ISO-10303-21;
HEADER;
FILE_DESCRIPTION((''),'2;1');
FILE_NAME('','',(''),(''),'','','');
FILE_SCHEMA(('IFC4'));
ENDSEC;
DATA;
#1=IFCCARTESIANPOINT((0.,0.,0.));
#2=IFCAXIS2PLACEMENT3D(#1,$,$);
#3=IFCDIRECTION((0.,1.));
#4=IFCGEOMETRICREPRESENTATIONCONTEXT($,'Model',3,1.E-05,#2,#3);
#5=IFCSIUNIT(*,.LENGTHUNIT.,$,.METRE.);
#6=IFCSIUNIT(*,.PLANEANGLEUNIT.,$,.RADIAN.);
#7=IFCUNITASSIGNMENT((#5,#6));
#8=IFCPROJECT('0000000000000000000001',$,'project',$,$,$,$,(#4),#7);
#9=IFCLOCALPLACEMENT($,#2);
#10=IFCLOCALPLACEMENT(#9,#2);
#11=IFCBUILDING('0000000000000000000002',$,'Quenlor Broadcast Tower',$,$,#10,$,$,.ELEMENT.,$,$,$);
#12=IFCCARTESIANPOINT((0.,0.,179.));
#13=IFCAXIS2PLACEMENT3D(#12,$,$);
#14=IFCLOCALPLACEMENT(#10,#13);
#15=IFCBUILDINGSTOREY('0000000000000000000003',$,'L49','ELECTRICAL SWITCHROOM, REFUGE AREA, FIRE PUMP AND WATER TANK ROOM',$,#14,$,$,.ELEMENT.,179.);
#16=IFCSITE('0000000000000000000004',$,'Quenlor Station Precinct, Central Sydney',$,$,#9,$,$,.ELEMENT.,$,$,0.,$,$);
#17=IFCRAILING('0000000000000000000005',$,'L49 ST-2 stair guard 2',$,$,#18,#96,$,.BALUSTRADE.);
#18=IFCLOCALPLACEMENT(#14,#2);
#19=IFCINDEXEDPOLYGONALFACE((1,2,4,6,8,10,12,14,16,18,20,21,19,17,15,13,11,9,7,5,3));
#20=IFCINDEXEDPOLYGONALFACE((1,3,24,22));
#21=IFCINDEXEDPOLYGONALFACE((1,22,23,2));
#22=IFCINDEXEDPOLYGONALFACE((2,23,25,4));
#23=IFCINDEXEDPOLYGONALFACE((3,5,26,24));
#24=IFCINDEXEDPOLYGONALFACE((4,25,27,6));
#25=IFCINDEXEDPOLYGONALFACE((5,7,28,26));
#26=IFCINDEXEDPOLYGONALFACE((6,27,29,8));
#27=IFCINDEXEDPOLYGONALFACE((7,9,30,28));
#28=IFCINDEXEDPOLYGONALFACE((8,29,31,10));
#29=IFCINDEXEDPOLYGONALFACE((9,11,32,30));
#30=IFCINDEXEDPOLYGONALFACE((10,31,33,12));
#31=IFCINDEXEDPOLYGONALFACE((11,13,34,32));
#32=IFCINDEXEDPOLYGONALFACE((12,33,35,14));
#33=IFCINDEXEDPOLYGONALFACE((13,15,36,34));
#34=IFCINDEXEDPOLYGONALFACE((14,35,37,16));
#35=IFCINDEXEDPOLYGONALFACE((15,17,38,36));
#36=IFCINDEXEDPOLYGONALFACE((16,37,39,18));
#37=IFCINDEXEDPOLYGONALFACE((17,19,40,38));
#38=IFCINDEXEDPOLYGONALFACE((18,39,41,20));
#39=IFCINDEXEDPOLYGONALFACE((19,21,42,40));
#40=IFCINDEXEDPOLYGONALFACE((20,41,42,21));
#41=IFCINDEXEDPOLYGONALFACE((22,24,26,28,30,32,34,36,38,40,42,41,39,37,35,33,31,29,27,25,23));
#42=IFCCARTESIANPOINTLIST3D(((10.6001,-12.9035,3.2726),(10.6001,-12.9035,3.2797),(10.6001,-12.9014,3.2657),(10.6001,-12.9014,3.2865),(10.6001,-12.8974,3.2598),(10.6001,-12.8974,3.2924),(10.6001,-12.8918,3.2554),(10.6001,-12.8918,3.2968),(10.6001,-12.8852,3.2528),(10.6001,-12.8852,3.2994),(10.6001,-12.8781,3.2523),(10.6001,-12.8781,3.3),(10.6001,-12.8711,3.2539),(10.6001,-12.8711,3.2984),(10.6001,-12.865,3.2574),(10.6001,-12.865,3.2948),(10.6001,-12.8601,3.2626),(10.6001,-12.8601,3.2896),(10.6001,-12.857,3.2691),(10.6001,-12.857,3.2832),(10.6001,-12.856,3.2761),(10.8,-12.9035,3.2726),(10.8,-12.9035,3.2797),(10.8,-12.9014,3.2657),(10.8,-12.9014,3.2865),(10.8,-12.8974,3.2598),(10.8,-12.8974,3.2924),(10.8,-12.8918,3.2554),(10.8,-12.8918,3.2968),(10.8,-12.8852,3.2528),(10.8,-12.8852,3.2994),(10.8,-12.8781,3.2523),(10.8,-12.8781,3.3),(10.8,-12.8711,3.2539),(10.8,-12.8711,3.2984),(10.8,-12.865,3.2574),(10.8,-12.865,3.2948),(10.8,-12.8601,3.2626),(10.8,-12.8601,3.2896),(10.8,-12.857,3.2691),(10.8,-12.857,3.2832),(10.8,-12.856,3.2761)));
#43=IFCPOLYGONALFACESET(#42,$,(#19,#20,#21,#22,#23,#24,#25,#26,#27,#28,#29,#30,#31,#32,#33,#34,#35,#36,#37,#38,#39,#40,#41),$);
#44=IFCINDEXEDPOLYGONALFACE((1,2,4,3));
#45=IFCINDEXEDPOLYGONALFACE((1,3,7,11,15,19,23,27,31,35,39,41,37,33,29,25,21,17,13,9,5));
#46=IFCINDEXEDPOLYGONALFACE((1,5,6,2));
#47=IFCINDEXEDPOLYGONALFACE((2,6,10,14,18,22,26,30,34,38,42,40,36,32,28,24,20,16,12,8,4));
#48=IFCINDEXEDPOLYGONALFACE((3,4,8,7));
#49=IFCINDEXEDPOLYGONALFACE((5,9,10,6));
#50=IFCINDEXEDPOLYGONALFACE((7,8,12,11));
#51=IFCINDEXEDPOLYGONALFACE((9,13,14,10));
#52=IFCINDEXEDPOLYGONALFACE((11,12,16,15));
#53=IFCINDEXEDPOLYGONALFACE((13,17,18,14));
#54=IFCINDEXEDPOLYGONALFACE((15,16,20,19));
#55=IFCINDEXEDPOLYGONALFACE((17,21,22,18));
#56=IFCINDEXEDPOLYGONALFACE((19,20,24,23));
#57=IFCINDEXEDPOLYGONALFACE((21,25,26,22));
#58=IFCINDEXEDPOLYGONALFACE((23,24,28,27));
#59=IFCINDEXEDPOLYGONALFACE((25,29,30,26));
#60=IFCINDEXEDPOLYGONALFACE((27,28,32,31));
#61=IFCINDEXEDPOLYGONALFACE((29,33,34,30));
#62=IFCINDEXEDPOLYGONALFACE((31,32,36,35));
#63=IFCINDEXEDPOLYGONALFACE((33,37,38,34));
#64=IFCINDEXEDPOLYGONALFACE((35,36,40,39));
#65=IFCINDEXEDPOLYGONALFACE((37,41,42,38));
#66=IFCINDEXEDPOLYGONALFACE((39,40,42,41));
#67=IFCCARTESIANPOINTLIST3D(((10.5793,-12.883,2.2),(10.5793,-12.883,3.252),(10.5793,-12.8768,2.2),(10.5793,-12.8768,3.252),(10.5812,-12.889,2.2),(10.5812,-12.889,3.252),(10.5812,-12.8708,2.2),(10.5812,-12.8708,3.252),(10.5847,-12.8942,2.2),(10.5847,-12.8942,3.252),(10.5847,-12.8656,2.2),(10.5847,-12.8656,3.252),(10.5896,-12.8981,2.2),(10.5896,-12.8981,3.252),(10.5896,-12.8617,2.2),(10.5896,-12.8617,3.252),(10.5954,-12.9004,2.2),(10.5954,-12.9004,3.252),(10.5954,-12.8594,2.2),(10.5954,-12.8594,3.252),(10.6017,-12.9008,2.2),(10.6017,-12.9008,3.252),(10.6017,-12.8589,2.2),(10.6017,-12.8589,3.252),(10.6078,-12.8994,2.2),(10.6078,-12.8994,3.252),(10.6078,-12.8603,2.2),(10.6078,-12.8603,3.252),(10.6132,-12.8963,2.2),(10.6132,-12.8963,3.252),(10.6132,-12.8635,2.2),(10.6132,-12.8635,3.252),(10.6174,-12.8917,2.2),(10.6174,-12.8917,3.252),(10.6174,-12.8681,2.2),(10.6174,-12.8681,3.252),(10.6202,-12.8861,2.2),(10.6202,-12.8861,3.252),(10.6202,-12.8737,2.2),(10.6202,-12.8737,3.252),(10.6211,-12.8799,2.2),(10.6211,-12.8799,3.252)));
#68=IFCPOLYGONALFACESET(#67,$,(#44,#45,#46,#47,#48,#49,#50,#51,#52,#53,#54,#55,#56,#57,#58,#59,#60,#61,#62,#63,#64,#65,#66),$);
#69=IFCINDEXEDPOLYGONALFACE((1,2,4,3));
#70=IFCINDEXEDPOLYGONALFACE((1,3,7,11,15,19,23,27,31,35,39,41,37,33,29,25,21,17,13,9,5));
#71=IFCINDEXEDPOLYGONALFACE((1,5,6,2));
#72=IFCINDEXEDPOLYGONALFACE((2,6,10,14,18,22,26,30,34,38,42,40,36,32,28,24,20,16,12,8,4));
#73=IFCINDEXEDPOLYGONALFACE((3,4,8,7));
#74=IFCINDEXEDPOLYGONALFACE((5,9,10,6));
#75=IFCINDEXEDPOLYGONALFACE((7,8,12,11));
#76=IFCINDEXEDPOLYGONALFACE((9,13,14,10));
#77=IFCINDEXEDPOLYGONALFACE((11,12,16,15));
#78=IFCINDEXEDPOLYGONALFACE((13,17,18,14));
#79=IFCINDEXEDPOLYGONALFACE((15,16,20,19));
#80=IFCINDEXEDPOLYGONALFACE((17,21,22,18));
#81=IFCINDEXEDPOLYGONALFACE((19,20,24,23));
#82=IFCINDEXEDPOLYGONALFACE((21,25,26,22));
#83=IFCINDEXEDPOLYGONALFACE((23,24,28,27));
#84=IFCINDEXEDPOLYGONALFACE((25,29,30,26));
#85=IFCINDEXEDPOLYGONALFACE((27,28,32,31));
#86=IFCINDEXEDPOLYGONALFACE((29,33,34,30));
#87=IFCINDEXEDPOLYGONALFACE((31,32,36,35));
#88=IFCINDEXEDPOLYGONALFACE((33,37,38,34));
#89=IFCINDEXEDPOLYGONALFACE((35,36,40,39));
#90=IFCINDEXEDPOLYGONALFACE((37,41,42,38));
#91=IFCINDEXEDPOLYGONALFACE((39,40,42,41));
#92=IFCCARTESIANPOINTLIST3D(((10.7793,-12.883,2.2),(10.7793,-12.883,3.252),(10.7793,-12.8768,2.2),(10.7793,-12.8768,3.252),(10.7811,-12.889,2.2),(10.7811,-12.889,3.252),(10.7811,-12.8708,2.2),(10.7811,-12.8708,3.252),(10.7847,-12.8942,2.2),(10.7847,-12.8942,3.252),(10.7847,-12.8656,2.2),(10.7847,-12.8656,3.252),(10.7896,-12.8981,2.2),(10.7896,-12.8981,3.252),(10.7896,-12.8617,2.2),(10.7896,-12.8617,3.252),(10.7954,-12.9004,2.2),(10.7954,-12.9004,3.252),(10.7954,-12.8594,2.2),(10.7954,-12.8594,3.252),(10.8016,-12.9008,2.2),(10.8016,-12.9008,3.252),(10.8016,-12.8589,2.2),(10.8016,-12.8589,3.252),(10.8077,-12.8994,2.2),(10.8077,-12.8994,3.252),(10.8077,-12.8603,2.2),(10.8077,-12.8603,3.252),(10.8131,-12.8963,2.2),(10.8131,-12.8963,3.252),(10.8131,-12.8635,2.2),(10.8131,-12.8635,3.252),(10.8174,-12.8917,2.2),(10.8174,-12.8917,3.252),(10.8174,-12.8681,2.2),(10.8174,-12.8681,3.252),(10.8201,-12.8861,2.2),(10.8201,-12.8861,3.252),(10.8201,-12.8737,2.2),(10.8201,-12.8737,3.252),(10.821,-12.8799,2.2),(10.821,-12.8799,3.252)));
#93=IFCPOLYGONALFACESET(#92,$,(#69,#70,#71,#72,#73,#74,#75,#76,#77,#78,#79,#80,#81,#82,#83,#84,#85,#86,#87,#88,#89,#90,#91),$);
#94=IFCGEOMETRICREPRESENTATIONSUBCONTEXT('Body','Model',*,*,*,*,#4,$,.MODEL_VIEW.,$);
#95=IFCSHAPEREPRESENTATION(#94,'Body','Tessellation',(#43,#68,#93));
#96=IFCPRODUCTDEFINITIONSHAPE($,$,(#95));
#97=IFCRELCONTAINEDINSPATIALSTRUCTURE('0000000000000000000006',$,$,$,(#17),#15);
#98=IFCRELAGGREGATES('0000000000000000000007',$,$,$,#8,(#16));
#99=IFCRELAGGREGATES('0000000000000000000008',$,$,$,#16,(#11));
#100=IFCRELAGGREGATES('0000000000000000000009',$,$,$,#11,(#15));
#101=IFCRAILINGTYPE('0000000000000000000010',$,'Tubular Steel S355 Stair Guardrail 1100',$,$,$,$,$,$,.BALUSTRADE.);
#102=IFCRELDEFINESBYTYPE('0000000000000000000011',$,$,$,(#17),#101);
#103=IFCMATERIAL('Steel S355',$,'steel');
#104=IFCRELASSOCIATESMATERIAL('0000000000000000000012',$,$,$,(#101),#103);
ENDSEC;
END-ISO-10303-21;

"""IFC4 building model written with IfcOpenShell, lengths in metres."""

from ifc_helpers import new_model, si_unit, direction, frame, origin, origin_2d, place, context, subcontext, project, spatial, circle, extrude, material, type_object, element, save


model = new_model("IFC4")

# Units and contexts
model_context = context("Model", 3, precision=1e-05, world=origin(), true_north=direction((0.0, 1.0)))
body_context = subcontext(model_context, "Body", "Model", "MODEL_VIEW")
ifc_project = project(units=[si_unit("LENGTHUNIT", "METRE"), si_unit("PLANEANGLEUNIT", "RADIAN")], contexts=[model_context])

# Site, building, storey
site_placement = place(None, origin())
site = spatial("IfcSite", under=ifc_project, at=site_placement, Name="Quenlor Station Precinct, Central Sydney", CompositionType="ELEMENT", RefElevation=0.0)
building_placement = place(site_placement, origin())
building = spatial("IfcBuilding", under=site, at=building_placement, Name="Quenlor Broadcast Tower", CompositionType="ELEMENT")
storey_placement = place(building_placement, frame((0.0, 0.0, 179.0)))
storey = spatial("IfcBuildingStorey", under=building, at=storey_placement, Name="L49", Description="ELECTRICAL SWITCHROOM, REFUGE AREA, FIRE PUMP AND WATER TANK ROOM", CompositionType="ELEMENT", Elevation=179.0)

# Railing
ifc_material_1 = material(Name="Steel S355", Category="steel")
railing_type_1 = type_object("IfcRailingType", Name="Tubular Steel S355 Stair Guardrail 1100", PredefinedType="BALUSTRADE", material=ifc_material_1)
railing_1_placement = place(storey_placement, frame((10.6001, -12.8799, 2.2)))
element("IfcRailing", 1, at=railing_1_placement, inside=storey, type_object=railing_type_1, Name="L49 ST-2 stair guard 2", PredefinedType="BALUSTRADE", context=body_context, shape_type="SweptSolid", body=[
    extrude(circle(Radius=0.0239, at=origin_2d()), frame((0.0, 0.0, 1.0762), z_axis=(1.0, 0.0, 0.0), x_axis=(0.0, 1.0, 0.0)), (0.0, 0.0, 1.0), 0.2),
    extrude(circle(Radius=0.021, at=origin_2d()), origin(), (0.0, 0.0, 1.0), 1.052),
    extrude(circle(Radius=0.021, at=origin_2d()), frame((0.2, 0.0, 0.0)), (0.0, 0.0, 1.0), 1.052),
])

save(model, "model.ifc")
